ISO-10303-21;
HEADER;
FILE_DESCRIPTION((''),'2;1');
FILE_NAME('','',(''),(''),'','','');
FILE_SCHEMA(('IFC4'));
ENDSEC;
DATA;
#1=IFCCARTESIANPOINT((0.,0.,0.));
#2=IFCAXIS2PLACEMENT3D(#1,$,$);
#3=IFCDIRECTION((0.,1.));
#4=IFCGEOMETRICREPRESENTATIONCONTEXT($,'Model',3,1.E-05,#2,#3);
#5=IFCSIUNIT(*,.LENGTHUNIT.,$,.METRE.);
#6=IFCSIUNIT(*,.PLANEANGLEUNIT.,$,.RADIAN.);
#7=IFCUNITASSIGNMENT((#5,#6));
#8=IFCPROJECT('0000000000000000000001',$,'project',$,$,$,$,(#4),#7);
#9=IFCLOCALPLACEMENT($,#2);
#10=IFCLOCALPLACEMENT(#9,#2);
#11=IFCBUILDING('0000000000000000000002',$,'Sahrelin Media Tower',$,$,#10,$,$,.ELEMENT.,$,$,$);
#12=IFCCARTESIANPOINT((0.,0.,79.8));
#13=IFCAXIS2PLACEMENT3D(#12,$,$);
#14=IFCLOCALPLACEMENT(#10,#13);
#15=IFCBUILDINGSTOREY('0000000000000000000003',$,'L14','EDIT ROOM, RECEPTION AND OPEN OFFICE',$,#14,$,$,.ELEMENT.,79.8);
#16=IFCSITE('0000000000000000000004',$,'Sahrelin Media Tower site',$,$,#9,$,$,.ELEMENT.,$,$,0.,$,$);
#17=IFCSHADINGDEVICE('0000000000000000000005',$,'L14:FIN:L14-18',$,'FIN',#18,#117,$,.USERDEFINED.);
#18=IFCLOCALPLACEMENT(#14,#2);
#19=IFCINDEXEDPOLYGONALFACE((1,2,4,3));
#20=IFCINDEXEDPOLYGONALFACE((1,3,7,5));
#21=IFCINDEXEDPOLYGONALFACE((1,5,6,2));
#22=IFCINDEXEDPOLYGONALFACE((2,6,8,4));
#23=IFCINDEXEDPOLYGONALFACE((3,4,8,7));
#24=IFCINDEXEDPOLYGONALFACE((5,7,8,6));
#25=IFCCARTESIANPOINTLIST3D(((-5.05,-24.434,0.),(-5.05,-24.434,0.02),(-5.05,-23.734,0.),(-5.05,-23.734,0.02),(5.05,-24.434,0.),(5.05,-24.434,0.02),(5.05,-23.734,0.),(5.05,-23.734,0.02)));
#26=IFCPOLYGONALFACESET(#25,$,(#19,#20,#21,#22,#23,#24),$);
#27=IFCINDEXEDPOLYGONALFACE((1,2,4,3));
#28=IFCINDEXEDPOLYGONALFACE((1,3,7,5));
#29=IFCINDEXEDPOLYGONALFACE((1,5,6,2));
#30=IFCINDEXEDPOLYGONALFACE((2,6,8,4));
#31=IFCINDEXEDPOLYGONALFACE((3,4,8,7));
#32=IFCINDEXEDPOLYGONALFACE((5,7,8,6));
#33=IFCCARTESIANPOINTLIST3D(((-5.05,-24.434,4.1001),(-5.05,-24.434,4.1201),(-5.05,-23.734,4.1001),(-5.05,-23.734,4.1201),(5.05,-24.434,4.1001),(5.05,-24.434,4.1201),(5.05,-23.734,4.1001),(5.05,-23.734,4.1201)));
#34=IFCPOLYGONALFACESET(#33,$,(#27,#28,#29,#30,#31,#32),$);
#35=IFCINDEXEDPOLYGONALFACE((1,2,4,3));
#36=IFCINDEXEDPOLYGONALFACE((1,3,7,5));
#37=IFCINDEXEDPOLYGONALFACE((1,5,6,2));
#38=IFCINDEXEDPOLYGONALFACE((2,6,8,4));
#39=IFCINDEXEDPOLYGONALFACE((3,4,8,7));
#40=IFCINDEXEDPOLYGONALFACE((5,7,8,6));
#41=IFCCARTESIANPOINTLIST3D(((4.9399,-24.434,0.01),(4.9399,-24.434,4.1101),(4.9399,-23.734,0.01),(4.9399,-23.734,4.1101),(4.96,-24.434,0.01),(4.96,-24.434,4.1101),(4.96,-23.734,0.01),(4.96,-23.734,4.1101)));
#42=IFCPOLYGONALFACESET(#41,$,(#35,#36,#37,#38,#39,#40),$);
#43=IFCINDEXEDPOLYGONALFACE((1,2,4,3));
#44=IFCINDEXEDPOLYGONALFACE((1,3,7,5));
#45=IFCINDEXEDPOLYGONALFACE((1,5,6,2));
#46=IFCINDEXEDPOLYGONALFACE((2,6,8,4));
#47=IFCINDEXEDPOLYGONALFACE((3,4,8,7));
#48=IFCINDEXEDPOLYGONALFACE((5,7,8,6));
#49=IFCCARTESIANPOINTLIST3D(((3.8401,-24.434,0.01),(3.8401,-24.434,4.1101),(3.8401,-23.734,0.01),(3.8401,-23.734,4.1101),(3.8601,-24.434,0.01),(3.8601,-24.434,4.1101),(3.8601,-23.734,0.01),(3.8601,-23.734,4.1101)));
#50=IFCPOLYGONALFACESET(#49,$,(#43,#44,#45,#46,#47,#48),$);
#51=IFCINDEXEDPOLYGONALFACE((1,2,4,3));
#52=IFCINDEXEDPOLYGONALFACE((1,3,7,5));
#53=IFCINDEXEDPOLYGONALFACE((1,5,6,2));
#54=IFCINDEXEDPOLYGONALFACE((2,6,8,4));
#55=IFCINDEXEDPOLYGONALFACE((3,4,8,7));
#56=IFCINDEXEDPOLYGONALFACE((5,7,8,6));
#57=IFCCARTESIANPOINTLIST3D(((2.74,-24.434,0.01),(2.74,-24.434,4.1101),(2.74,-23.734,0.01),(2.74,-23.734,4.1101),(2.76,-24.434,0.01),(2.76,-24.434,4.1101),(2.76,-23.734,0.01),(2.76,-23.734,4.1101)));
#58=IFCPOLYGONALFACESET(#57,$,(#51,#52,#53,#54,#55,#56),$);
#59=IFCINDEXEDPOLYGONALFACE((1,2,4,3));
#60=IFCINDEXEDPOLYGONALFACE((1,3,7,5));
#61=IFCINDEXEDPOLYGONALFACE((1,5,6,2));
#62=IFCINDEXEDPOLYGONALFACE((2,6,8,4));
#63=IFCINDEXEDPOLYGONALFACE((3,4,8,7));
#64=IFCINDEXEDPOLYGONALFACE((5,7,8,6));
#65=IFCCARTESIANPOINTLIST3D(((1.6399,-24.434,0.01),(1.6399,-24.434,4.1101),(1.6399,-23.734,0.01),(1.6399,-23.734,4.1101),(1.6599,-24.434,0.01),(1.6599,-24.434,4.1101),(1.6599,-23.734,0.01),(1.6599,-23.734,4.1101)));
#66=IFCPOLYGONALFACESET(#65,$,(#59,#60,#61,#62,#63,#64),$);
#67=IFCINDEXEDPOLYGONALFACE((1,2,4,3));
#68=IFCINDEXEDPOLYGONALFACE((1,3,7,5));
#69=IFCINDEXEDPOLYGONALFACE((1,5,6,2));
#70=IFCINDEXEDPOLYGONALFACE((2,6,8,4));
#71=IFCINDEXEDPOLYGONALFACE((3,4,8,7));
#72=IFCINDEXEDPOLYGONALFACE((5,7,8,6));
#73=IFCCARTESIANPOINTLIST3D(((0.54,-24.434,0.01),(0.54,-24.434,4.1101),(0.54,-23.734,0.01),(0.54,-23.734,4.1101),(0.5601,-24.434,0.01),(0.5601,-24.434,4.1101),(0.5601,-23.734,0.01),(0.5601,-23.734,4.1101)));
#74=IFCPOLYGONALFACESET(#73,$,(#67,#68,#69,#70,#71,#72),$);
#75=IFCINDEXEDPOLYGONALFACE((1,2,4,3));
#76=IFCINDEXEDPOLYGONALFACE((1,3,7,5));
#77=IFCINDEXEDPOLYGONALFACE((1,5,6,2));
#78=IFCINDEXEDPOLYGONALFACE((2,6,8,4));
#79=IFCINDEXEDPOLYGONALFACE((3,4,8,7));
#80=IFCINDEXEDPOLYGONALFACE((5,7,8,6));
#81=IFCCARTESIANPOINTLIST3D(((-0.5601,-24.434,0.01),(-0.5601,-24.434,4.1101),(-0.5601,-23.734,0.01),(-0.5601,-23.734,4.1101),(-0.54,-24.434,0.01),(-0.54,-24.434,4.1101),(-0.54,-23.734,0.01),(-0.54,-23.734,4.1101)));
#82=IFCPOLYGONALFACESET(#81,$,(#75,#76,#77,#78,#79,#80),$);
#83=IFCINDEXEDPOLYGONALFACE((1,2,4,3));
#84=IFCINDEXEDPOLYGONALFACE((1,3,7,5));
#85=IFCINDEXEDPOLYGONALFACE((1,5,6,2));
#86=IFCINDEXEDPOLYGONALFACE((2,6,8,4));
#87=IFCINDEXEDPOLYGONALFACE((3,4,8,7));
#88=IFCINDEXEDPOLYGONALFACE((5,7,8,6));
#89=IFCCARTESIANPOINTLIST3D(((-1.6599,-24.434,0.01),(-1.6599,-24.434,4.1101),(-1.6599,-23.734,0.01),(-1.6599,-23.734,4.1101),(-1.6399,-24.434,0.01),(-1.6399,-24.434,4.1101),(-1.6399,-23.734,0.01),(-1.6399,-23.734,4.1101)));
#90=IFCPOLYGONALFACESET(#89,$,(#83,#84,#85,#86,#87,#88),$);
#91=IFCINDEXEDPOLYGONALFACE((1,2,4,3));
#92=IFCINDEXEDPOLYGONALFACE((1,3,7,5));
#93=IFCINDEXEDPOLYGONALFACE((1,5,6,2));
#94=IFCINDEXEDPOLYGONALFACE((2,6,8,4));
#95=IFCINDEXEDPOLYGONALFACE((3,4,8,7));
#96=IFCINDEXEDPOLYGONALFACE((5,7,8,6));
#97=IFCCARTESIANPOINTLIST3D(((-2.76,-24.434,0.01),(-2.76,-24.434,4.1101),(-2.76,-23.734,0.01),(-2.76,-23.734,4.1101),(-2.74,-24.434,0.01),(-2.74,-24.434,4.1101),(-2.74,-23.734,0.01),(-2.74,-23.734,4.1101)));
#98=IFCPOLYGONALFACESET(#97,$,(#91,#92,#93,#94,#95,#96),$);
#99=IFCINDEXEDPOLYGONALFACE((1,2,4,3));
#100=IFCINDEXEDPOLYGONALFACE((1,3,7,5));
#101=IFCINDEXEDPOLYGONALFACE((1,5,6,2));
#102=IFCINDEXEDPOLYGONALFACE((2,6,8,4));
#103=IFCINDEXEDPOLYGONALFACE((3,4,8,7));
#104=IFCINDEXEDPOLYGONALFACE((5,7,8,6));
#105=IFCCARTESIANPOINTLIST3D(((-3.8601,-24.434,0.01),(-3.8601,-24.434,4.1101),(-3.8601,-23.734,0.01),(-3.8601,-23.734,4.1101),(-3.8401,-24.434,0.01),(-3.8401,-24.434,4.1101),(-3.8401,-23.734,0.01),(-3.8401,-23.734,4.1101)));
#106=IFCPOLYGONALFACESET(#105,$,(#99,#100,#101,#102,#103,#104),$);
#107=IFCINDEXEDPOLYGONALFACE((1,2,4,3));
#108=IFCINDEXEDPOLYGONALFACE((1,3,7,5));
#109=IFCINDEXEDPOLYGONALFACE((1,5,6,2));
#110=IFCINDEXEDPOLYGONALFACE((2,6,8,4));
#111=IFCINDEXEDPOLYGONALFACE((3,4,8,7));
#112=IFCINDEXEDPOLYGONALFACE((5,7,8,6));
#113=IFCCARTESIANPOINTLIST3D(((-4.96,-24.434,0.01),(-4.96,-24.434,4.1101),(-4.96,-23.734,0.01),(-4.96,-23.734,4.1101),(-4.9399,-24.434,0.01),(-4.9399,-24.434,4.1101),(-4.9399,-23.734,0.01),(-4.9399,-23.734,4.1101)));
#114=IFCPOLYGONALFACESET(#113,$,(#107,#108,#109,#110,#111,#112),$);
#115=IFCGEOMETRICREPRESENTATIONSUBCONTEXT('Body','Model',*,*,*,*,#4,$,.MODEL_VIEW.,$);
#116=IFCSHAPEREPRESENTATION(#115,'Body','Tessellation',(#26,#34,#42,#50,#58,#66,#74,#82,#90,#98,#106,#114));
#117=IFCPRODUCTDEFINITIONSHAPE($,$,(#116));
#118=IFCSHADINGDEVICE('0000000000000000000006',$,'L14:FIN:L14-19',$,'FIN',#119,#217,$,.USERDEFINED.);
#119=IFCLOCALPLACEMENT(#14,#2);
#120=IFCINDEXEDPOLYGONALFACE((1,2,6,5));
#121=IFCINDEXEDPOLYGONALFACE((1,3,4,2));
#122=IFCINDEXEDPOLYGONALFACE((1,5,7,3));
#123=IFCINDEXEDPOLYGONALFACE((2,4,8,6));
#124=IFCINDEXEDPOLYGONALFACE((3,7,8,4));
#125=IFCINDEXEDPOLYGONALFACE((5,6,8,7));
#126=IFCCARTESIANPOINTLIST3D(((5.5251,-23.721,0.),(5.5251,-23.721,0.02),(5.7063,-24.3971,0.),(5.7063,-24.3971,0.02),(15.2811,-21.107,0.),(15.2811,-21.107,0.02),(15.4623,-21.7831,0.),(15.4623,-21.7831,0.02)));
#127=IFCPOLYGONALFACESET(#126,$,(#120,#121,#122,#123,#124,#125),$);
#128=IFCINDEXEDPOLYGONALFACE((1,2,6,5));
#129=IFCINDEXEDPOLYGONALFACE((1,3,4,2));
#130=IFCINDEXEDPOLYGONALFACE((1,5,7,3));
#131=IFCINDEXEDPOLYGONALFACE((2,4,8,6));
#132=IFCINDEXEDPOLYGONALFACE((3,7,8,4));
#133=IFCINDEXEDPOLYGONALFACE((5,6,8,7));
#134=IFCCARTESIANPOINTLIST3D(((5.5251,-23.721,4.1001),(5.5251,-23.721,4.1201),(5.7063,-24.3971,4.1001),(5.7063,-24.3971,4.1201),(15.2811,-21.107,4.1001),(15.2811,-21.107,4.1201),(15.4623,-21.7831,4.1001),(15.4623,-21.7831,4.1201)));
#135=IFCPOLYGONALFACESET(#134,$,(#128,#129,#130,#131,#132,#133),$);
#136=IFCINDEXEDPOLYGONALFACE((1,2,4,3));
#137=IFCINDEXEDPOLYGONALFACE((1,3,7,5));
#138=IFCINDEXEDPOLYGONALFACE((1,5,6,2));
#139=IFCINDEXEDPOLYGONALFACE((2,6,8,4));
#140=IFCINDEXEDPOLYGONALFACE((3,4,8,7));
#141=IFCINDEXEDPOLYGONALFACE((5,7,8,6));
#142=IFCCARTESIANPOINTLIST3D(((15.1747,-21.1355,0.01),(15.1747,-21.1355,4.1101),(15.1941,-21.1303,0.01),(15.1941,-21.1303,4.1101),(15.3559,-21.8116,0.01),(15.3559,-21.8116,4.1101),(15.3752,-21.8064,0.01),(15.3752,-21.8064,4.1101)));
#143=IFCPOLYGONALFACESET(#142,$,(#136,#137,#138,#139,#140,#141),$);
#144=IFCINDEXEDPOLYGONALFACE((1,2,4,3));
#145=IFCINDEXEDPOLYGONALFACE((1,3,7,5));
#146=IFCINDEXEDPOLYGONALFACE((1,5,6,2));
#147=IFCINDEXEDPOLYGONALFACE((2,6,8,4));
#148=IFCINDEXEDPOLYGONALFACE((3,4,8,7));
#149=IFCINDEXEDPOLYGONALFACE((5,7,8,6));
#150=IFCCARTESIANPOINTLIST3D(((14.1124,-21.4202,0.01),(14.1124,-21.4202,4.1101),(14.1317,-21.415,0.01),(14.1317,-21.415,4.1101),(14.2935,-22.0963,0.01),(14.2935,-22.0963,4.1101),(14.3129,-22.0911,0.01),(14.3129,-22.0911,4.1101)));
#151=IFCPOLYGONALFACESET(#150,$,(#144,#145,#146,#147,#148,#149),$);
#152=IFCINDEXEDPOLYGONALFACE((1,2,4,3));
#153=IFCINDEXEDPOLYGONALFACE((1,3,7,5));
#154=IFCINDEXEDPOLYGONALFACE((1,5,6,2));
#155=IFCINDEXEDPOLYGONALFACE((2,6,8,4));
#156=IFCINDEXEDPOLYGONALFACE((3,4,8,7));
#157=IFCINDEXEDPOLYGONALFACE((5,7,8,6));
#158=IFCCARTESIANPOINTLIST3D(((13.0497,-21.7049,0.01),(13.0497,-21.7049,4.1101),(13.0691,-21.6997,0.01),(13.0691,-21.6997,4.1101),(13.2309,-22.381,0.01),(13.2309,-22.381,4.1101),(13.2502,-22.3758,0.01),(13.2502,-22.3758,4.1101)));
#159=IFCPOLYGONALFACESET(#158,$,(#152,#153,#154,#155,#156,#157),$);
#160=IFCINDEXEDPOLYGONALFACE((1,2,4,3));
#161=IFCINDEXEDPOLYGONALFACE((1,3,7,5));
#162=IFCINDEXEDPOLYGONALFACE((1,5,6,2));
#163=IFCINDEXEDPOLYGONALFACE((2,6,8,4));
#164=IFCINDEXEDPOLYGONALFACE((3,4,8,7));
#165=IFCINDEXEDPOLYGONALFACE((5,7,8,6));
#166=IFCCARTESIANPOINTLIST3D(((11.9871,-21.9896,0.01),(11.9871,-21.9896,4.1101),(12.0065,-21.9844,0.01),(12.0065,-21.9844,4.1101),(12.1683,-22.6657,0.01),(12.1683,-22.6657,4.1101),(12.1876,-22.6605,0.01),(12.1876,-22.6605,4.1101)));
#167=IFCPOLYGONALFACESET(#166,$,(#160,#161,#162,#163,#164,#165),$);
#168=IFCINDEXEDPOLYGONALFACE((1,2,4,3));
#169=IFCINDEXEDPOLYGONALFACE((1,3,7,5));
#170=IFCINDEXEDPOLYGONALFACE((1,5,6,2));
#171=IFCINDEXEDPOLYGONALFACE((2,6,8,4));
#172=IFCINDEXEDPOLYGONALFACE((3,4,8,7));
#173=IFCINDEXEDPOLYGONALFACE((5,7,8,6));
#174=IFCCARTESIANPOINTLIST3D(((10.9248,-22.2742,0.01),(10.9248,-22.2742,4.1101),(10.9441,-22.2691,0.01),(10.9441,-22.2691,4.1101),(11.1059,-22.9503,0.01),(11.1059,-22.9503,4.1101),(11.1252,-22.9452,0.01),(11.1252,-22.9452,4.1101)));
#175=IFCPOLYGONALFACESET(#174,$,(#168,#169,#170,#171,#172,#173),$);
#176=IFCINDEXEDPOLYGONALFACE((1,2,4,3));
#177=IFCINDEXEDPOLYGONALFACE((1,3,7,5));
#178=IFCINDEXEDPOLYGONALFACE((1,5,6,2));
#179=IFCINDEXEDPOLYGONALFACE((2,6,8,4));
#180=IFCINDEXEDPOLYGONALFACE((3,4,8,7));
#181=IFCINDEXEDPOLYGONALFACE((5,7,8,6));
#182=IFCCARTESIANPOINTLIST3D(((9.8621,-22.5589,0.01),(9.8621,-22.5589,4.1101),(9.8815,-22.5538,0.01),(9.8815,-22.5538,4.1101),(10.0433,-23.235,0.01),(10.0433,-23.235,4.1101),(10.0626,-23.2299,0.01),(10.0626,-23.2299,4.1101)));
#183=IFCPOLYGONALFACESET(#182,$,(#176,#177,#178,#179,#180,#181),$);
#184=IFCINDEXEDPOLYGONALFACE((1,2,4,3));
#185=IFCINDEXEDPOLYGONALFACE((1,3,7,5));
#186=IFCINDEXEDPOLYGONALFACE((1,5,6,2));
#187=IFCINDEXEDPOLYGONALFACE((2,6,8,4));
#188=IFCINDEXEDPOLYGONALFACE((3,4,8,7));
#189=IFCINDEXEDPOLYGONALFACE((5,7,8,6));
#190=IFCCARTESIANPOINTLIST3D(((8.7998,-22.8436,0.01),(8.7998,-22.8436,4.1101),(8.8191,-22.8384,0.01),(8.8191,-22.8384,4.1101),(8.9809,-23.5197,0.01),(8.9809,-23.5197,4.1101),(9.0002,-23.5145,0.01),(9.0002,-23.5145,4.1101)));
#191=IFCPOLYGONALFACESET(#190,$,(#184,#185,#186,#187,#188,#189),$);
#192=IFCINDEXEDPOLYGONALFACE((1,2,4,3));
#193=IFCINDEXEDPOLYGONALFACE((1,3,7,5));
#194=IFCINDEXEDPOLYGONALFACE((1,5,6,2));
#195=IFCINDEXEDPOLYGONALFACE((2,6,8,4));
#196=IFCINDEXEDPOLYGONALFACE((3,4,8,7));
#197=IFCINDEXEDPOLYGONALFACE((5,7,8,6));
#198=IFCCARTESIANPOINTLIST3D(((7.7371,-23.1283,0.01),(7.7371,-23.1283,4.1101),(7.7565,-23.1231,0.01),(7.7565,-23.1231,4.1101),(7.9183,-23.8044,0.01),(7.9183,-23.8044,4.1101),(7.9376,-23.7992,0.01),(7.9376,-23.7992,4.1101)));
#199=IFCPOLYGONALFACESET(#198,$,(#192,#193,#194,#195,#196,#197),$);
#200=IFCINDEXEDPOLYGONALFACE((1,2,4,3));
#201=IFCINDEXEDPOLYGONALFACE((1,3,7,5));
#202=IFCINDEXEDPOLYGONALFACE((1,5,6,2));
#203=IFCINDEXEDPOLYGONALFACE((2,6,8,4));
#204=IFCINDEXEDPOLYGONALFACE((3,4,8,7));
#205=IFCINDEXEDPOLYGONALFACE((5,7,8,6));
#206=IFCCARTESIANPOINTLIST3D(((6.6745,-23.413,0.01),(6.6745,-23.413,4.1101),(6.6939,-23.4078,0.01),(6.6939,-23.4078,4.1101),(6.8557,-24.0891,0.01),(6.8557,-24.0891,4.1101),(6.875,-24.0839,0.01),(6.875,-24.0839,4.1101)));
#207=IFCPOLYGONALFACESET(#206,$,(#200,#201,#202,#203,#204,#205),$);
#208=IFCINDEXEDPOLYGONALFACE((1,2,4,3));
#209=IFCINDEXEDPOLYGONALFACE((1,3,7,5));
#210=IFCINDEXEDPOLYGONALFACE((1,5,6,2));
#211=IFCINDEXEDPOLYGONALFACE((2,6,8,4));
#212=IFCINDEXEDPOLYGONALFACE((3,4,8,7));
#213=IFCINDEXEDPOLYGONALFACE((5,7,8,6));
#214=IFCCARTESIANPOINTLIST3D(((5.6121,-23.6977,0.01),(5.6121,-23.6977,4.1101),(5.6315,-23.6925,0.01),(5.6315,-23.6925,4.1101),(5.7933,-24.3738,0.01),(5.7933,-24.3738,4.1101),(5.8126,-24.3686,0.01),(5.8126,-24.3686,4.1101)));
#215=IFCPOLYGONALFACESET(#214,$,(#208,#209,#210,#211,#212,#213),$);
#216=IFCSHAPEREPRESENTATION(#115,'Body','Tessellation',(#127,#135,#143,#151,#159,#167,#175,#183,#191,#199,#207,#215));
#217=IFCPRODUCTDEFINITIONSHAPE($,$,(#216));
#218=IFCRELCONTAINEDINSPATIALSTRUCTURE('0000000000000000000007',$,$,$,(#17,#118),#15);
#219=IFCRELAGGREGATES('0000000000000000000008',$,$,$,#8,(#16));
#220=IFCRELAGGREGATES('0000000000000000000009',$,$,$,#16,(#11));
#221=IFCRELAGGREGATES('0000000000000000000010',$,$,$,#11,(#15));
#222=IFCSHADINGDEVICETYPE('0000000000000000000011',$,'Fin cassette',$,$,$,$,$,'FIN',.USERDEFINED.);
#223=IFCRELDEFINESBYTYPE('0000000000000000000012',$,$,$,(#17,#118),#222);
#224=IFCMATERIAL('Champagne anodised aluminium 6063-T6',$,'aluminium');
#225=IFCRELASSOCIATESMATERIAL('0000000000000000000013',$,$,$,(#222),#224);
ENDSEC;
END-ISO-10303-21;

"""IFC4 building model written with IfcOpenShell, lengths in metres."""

from ifc_helpers import new_model, si_unit, direction, frame, origin, origin_2d, place, context, subcontext, project, spatial, rectangle, extrude, material, type_object, element, save


model = new_model("IFC4")

# Units and contexts
model_context = context("Model", 3, precision=1e-05, world=origin(), true_north=direction((0.0, 1.0)))
body_context = subcontext(model_context, "Body", "Model", "MODEL_VIEW")
ifc_project = project(units=[si_unit("LENGTHUNIT", "METRE"), si_unit("PLANEANGLEUNIT", "RADIAN")], contexts=[model_context])

# Site, building, storey
site_placement = place(None, origin())
site = spatial("IfcSite", under=ifc_project, at=site_placement, Name="Sahrelin Media Tower site", CompositionType="ELEMENT", RefElevation=0.0)
building_placement = place(site_placement, origin())
building = spatial("IfcBuilding", under=site, at=building_placement, Name="Sahrelin Media Tower", CompositionType="ELEMENT")
storey_placement = place(building_placement, frame((0.0, 0.0, 79.8)))
storey = spatial("IfcBuildingStorey", under=building, at=storey_placement, Name="L14", Description="EDIT ROOM, RECEPTION AND OPEN OFFICE", CompositionType="ELEMENT", Elevation=79.8)

# Shared definitions
ifc_material_1 = material(Name="Champagne anodised aluminium 6063-T6", Category="aluminium")

# Shading devices
shading_device_type_1 = type_object("IfcShadingDeviceType", Name="Fin cassette", ElementType="FIN", PredefinedType="USERDEFINED", material=ifc_material_1)
placement_1 = place(storey_placement, frame((0.0, -23.6641, 0.0), z_axis=(0.0, 0.0, 1.0), x_axis=(-1.0, 0.0, 0.0)))
element("IfcShadingDevice", 1, at=placement_1, inside=storey, type_object=shading_device_type_1, Name="L14:FIN:L14-18", ObjectType="FIN", PredefinedType="USERDEFINED", context=body_context, shape_type="SweptSolid", body=[
    extrude(rectangle(XDim=10.1001, YDim=0.7, at=origin_2d()), frame((0.0, 0.4199, 0.0)), (0.0, 0.0, 1.0), 0.02),
    extrude(rectangle(XDim=10.1001, YDim=0.7, at=origin_2d()), frame((0.0, 0.4199, 4.1001)), (0.0, 0.0, 1.0), 0.02),
    extrude(rectangle(XDim=0.02, YDim=0.7, at=origin_2d()), frame((-4.95, 0.4199, 0.01), z_axis=(0.0, 0.0, 1.0), x_axis=(1.0, 0.0, 0.0)), (0.0, 0.0, 1.0), 4.1001),
    extrude(rectangle(XDim=0.02, YDim=0.7, at=origin_2d()), frame((-3.8501, 0.4199, 0.01), z_axis=(0.0, 0.0, 1.0), x_axis=(1.0, 0.0, 0.0)), (0.0, 0.0, 1.0), 4.1001),
    extrude(rectangle(XDim=0.02, YDim=0.7, at=origin_2d()), frame((-2.75, 0.4199, 0.01), z_axis=(0.0, 0.0, 1.0), x_axis=(1.0, 0.0, 0.0)), (0.0, 0.0, 1.0), 4.1001),
    extrude(rectangle(XDim=0.02, YDim=0.7, at=origin_2d()), frame((-1.6499, 0.4199, 0.01), z_axis=(0.0, 0.0, 1.0), x_axis=(1.0, 0.0, 0.0)), (0.0, 0.0, 1.0), 4.1001),
    extrude(rectangle(XDim=0.02, YDim=0.7, at=origin_2d()), frame((-0.55, 0.4199, 0.01), z_axis=(0.0, 0.0, 1.0), x_axis=(1.0, 0.0, 0.0)), (0.0, 0.0, 1.0), 4.1001),
    extrude(rectangle(XDim=0.02, YDim=0.7, at=origin_2d()), frame((0.55, 0.4199, 0.01), z_axis=(0.0, 0.0, 1.0), x_axis=(1.0, 0.0, 0.0)), (0.0, 0.0, 1.0), 4.1001),
    extrude(rectangle(XDim=0.02, YDim=0.7, at=origin_2d()), frame((1.6499, 0.4199, 0.01), z_axis=(0.0, 0.0, 1.0), x_axis=(1.0, 0.0, 0.0)), (0.0, 0.0, 1.0), 4.1001),
    extrude(rectangle(XDim=0.02, YDim=0.7, at=origin_2d()), frame((2.75, 0.4199, 0.01), z_axis=(0.0, 0.0, 1.0), x_axis=(1.0, 0.0, 0.0)), (0.0, 0.0, 1.0), 4.1001),
    extrude(rectangle(XDim=0.02, YDim=0.7, at=origin_2d()), frame((3.8501, 0.4199, 0.01), z_axis=(0.0, 0.0, 1.0), x_axis=(1.0, 0.0, 0.0)), (0.0, 0.0, 1.0), 4.1001),
    extrude(rectangle(XDim=0.02, YDim=0.7, at=origin_2d()), frame((4.95, 0.4199, 0.01), z_axis=(0.0, 0.0, 1.0), x_axis=(1.0, 0.0, 0.0)), (0.0, 0.0, 1.0), 4.1001),
])
placement_2 = place(storey_placement, frame((10.385, -22.3464, 0.0), z_axis=(0.0, 0.0, 1.0), x_axis=(-0.965929, -0.258808, 0.0)))
element("IfcShadingDevice", 2, at=placement_2, inside=storey, type_object=shading_device_type_1, Name="L14:FIN:L14-19", ObjectType="FIN", PredefinedType="USERDEFINED", context=body_context, shape_type="SweptSolid", body=[
    extrude(rectangle(XDim=10.1001, YDim=0.7, at=origin_2d()), frame((0.0, 0.4199, 0.0)), (0.0, 0.0, 1.0), 0.02),
    extrude(rectangle(XDim=10.1001, YDim=0.7, at=origin_2d()), frame((0.0, 0.4199, 4.1001)), (0.0, 0.0, 1.0), 0.02),
    extrude(rectangle(XDim=0.02, YDim=0.7, at=origin_2d()), frame((-4.95, 0.4199, 0.01), z_axis=(0.0, 0.0, 1.0), x_axis=(1.0, 0.0, 0.0)), (0.0, 0.0, 1.0), 4.1001),
    extrude(rectangle(XDim=0.02, YDim=0.7, at=origin_2d()), frame((-3.8501, 0.4199, 0.01), z_axis=(0.0, 0.0, 1.0), x_axis=(1.0, 0.0, 0.0)), (0.0, 0.0, 1.0), 4.1001),
    extrude(rectangle(XDim=0.02, YDim=0.7, at=origin_2d()), frame((-2.75, 0.4199, 0.01), z_axis=(0.0, 0.0, 1.0), x_axis=(1.0, 0.0, 0.0)), (0.0, 0.0, 1.0), 4.1001),
    extrude(rectangle(XDim=0.02, YDim=0.7, at=origin_2d()), frame((-1.6499, 0.4199, 0.01), z_axis=(0.0, 0.0, 1.0), x_axis=(1.0, 0.0, 0.0)), (0.0, 0.0, 1.0), 4.1001),
    extrude(rectangle(XDim=0.02, YDim=0.7, at=origin_2d()), frame((-0.55, 0.4199, 0.01), z_axis=(0.0, 0.0, 1.0), x_axis=(1.0, 0.0, 0.0)), (0.0, 0.0, 1.0), 4.1001),
    extrude(rectangle(XDim=0.02, YDim=0.7, at=origin_2d()), frame((0.55, 0.4199, 0.01), z_axis=(0.0, 0.0, 1.0), x_axis=(1.0, 0.0, 0.0)), (0.0, 0.0, 1.0), 4.1001),
    extrude(rectangle(XDim=0.02, YDim=0.7, at=origin_2d()), frame((1.6499, 0.4199, 0.01), z_axis=(0.0, 0.0, 1.0), x_axis=(1.0, 0.0, 0.0)), (0.0, 0.0, 1.0), 4.1001),
    extrude(rectangle(XDim=0.02, YDim=0.7, at=origin_2d()), frame((2.75, 0.4199, 0.01), z_axis=(0.0, 0.0, 1.0), x_axis=(1.0, 0.0, 0.0)), (0.0, 0.0, 1.0), 4.1001),
    extrude(rectangle(XDim=0.02, YDim=0.7, at=origin_2d()), frame((3.8501, 0.4199, 0.01), z_axis=(0.0, 0.0, 1.0), x_axis=(1.0, 0.0, 0.0)), (0.0, 0.0, 1.0), 4.1001),
    extrude(rectangle(XDim=0.02, YDim=0.7, at=origin_2d()), frame((4.95, 0.4199, 0.01), z_axis=(0.0, 0.0, 1.0), x_axis=(1.0, 0.0, 0.0)), (0.0, 0.0, 1.0), 4.1001),
])

save(model, "model.ifc")
